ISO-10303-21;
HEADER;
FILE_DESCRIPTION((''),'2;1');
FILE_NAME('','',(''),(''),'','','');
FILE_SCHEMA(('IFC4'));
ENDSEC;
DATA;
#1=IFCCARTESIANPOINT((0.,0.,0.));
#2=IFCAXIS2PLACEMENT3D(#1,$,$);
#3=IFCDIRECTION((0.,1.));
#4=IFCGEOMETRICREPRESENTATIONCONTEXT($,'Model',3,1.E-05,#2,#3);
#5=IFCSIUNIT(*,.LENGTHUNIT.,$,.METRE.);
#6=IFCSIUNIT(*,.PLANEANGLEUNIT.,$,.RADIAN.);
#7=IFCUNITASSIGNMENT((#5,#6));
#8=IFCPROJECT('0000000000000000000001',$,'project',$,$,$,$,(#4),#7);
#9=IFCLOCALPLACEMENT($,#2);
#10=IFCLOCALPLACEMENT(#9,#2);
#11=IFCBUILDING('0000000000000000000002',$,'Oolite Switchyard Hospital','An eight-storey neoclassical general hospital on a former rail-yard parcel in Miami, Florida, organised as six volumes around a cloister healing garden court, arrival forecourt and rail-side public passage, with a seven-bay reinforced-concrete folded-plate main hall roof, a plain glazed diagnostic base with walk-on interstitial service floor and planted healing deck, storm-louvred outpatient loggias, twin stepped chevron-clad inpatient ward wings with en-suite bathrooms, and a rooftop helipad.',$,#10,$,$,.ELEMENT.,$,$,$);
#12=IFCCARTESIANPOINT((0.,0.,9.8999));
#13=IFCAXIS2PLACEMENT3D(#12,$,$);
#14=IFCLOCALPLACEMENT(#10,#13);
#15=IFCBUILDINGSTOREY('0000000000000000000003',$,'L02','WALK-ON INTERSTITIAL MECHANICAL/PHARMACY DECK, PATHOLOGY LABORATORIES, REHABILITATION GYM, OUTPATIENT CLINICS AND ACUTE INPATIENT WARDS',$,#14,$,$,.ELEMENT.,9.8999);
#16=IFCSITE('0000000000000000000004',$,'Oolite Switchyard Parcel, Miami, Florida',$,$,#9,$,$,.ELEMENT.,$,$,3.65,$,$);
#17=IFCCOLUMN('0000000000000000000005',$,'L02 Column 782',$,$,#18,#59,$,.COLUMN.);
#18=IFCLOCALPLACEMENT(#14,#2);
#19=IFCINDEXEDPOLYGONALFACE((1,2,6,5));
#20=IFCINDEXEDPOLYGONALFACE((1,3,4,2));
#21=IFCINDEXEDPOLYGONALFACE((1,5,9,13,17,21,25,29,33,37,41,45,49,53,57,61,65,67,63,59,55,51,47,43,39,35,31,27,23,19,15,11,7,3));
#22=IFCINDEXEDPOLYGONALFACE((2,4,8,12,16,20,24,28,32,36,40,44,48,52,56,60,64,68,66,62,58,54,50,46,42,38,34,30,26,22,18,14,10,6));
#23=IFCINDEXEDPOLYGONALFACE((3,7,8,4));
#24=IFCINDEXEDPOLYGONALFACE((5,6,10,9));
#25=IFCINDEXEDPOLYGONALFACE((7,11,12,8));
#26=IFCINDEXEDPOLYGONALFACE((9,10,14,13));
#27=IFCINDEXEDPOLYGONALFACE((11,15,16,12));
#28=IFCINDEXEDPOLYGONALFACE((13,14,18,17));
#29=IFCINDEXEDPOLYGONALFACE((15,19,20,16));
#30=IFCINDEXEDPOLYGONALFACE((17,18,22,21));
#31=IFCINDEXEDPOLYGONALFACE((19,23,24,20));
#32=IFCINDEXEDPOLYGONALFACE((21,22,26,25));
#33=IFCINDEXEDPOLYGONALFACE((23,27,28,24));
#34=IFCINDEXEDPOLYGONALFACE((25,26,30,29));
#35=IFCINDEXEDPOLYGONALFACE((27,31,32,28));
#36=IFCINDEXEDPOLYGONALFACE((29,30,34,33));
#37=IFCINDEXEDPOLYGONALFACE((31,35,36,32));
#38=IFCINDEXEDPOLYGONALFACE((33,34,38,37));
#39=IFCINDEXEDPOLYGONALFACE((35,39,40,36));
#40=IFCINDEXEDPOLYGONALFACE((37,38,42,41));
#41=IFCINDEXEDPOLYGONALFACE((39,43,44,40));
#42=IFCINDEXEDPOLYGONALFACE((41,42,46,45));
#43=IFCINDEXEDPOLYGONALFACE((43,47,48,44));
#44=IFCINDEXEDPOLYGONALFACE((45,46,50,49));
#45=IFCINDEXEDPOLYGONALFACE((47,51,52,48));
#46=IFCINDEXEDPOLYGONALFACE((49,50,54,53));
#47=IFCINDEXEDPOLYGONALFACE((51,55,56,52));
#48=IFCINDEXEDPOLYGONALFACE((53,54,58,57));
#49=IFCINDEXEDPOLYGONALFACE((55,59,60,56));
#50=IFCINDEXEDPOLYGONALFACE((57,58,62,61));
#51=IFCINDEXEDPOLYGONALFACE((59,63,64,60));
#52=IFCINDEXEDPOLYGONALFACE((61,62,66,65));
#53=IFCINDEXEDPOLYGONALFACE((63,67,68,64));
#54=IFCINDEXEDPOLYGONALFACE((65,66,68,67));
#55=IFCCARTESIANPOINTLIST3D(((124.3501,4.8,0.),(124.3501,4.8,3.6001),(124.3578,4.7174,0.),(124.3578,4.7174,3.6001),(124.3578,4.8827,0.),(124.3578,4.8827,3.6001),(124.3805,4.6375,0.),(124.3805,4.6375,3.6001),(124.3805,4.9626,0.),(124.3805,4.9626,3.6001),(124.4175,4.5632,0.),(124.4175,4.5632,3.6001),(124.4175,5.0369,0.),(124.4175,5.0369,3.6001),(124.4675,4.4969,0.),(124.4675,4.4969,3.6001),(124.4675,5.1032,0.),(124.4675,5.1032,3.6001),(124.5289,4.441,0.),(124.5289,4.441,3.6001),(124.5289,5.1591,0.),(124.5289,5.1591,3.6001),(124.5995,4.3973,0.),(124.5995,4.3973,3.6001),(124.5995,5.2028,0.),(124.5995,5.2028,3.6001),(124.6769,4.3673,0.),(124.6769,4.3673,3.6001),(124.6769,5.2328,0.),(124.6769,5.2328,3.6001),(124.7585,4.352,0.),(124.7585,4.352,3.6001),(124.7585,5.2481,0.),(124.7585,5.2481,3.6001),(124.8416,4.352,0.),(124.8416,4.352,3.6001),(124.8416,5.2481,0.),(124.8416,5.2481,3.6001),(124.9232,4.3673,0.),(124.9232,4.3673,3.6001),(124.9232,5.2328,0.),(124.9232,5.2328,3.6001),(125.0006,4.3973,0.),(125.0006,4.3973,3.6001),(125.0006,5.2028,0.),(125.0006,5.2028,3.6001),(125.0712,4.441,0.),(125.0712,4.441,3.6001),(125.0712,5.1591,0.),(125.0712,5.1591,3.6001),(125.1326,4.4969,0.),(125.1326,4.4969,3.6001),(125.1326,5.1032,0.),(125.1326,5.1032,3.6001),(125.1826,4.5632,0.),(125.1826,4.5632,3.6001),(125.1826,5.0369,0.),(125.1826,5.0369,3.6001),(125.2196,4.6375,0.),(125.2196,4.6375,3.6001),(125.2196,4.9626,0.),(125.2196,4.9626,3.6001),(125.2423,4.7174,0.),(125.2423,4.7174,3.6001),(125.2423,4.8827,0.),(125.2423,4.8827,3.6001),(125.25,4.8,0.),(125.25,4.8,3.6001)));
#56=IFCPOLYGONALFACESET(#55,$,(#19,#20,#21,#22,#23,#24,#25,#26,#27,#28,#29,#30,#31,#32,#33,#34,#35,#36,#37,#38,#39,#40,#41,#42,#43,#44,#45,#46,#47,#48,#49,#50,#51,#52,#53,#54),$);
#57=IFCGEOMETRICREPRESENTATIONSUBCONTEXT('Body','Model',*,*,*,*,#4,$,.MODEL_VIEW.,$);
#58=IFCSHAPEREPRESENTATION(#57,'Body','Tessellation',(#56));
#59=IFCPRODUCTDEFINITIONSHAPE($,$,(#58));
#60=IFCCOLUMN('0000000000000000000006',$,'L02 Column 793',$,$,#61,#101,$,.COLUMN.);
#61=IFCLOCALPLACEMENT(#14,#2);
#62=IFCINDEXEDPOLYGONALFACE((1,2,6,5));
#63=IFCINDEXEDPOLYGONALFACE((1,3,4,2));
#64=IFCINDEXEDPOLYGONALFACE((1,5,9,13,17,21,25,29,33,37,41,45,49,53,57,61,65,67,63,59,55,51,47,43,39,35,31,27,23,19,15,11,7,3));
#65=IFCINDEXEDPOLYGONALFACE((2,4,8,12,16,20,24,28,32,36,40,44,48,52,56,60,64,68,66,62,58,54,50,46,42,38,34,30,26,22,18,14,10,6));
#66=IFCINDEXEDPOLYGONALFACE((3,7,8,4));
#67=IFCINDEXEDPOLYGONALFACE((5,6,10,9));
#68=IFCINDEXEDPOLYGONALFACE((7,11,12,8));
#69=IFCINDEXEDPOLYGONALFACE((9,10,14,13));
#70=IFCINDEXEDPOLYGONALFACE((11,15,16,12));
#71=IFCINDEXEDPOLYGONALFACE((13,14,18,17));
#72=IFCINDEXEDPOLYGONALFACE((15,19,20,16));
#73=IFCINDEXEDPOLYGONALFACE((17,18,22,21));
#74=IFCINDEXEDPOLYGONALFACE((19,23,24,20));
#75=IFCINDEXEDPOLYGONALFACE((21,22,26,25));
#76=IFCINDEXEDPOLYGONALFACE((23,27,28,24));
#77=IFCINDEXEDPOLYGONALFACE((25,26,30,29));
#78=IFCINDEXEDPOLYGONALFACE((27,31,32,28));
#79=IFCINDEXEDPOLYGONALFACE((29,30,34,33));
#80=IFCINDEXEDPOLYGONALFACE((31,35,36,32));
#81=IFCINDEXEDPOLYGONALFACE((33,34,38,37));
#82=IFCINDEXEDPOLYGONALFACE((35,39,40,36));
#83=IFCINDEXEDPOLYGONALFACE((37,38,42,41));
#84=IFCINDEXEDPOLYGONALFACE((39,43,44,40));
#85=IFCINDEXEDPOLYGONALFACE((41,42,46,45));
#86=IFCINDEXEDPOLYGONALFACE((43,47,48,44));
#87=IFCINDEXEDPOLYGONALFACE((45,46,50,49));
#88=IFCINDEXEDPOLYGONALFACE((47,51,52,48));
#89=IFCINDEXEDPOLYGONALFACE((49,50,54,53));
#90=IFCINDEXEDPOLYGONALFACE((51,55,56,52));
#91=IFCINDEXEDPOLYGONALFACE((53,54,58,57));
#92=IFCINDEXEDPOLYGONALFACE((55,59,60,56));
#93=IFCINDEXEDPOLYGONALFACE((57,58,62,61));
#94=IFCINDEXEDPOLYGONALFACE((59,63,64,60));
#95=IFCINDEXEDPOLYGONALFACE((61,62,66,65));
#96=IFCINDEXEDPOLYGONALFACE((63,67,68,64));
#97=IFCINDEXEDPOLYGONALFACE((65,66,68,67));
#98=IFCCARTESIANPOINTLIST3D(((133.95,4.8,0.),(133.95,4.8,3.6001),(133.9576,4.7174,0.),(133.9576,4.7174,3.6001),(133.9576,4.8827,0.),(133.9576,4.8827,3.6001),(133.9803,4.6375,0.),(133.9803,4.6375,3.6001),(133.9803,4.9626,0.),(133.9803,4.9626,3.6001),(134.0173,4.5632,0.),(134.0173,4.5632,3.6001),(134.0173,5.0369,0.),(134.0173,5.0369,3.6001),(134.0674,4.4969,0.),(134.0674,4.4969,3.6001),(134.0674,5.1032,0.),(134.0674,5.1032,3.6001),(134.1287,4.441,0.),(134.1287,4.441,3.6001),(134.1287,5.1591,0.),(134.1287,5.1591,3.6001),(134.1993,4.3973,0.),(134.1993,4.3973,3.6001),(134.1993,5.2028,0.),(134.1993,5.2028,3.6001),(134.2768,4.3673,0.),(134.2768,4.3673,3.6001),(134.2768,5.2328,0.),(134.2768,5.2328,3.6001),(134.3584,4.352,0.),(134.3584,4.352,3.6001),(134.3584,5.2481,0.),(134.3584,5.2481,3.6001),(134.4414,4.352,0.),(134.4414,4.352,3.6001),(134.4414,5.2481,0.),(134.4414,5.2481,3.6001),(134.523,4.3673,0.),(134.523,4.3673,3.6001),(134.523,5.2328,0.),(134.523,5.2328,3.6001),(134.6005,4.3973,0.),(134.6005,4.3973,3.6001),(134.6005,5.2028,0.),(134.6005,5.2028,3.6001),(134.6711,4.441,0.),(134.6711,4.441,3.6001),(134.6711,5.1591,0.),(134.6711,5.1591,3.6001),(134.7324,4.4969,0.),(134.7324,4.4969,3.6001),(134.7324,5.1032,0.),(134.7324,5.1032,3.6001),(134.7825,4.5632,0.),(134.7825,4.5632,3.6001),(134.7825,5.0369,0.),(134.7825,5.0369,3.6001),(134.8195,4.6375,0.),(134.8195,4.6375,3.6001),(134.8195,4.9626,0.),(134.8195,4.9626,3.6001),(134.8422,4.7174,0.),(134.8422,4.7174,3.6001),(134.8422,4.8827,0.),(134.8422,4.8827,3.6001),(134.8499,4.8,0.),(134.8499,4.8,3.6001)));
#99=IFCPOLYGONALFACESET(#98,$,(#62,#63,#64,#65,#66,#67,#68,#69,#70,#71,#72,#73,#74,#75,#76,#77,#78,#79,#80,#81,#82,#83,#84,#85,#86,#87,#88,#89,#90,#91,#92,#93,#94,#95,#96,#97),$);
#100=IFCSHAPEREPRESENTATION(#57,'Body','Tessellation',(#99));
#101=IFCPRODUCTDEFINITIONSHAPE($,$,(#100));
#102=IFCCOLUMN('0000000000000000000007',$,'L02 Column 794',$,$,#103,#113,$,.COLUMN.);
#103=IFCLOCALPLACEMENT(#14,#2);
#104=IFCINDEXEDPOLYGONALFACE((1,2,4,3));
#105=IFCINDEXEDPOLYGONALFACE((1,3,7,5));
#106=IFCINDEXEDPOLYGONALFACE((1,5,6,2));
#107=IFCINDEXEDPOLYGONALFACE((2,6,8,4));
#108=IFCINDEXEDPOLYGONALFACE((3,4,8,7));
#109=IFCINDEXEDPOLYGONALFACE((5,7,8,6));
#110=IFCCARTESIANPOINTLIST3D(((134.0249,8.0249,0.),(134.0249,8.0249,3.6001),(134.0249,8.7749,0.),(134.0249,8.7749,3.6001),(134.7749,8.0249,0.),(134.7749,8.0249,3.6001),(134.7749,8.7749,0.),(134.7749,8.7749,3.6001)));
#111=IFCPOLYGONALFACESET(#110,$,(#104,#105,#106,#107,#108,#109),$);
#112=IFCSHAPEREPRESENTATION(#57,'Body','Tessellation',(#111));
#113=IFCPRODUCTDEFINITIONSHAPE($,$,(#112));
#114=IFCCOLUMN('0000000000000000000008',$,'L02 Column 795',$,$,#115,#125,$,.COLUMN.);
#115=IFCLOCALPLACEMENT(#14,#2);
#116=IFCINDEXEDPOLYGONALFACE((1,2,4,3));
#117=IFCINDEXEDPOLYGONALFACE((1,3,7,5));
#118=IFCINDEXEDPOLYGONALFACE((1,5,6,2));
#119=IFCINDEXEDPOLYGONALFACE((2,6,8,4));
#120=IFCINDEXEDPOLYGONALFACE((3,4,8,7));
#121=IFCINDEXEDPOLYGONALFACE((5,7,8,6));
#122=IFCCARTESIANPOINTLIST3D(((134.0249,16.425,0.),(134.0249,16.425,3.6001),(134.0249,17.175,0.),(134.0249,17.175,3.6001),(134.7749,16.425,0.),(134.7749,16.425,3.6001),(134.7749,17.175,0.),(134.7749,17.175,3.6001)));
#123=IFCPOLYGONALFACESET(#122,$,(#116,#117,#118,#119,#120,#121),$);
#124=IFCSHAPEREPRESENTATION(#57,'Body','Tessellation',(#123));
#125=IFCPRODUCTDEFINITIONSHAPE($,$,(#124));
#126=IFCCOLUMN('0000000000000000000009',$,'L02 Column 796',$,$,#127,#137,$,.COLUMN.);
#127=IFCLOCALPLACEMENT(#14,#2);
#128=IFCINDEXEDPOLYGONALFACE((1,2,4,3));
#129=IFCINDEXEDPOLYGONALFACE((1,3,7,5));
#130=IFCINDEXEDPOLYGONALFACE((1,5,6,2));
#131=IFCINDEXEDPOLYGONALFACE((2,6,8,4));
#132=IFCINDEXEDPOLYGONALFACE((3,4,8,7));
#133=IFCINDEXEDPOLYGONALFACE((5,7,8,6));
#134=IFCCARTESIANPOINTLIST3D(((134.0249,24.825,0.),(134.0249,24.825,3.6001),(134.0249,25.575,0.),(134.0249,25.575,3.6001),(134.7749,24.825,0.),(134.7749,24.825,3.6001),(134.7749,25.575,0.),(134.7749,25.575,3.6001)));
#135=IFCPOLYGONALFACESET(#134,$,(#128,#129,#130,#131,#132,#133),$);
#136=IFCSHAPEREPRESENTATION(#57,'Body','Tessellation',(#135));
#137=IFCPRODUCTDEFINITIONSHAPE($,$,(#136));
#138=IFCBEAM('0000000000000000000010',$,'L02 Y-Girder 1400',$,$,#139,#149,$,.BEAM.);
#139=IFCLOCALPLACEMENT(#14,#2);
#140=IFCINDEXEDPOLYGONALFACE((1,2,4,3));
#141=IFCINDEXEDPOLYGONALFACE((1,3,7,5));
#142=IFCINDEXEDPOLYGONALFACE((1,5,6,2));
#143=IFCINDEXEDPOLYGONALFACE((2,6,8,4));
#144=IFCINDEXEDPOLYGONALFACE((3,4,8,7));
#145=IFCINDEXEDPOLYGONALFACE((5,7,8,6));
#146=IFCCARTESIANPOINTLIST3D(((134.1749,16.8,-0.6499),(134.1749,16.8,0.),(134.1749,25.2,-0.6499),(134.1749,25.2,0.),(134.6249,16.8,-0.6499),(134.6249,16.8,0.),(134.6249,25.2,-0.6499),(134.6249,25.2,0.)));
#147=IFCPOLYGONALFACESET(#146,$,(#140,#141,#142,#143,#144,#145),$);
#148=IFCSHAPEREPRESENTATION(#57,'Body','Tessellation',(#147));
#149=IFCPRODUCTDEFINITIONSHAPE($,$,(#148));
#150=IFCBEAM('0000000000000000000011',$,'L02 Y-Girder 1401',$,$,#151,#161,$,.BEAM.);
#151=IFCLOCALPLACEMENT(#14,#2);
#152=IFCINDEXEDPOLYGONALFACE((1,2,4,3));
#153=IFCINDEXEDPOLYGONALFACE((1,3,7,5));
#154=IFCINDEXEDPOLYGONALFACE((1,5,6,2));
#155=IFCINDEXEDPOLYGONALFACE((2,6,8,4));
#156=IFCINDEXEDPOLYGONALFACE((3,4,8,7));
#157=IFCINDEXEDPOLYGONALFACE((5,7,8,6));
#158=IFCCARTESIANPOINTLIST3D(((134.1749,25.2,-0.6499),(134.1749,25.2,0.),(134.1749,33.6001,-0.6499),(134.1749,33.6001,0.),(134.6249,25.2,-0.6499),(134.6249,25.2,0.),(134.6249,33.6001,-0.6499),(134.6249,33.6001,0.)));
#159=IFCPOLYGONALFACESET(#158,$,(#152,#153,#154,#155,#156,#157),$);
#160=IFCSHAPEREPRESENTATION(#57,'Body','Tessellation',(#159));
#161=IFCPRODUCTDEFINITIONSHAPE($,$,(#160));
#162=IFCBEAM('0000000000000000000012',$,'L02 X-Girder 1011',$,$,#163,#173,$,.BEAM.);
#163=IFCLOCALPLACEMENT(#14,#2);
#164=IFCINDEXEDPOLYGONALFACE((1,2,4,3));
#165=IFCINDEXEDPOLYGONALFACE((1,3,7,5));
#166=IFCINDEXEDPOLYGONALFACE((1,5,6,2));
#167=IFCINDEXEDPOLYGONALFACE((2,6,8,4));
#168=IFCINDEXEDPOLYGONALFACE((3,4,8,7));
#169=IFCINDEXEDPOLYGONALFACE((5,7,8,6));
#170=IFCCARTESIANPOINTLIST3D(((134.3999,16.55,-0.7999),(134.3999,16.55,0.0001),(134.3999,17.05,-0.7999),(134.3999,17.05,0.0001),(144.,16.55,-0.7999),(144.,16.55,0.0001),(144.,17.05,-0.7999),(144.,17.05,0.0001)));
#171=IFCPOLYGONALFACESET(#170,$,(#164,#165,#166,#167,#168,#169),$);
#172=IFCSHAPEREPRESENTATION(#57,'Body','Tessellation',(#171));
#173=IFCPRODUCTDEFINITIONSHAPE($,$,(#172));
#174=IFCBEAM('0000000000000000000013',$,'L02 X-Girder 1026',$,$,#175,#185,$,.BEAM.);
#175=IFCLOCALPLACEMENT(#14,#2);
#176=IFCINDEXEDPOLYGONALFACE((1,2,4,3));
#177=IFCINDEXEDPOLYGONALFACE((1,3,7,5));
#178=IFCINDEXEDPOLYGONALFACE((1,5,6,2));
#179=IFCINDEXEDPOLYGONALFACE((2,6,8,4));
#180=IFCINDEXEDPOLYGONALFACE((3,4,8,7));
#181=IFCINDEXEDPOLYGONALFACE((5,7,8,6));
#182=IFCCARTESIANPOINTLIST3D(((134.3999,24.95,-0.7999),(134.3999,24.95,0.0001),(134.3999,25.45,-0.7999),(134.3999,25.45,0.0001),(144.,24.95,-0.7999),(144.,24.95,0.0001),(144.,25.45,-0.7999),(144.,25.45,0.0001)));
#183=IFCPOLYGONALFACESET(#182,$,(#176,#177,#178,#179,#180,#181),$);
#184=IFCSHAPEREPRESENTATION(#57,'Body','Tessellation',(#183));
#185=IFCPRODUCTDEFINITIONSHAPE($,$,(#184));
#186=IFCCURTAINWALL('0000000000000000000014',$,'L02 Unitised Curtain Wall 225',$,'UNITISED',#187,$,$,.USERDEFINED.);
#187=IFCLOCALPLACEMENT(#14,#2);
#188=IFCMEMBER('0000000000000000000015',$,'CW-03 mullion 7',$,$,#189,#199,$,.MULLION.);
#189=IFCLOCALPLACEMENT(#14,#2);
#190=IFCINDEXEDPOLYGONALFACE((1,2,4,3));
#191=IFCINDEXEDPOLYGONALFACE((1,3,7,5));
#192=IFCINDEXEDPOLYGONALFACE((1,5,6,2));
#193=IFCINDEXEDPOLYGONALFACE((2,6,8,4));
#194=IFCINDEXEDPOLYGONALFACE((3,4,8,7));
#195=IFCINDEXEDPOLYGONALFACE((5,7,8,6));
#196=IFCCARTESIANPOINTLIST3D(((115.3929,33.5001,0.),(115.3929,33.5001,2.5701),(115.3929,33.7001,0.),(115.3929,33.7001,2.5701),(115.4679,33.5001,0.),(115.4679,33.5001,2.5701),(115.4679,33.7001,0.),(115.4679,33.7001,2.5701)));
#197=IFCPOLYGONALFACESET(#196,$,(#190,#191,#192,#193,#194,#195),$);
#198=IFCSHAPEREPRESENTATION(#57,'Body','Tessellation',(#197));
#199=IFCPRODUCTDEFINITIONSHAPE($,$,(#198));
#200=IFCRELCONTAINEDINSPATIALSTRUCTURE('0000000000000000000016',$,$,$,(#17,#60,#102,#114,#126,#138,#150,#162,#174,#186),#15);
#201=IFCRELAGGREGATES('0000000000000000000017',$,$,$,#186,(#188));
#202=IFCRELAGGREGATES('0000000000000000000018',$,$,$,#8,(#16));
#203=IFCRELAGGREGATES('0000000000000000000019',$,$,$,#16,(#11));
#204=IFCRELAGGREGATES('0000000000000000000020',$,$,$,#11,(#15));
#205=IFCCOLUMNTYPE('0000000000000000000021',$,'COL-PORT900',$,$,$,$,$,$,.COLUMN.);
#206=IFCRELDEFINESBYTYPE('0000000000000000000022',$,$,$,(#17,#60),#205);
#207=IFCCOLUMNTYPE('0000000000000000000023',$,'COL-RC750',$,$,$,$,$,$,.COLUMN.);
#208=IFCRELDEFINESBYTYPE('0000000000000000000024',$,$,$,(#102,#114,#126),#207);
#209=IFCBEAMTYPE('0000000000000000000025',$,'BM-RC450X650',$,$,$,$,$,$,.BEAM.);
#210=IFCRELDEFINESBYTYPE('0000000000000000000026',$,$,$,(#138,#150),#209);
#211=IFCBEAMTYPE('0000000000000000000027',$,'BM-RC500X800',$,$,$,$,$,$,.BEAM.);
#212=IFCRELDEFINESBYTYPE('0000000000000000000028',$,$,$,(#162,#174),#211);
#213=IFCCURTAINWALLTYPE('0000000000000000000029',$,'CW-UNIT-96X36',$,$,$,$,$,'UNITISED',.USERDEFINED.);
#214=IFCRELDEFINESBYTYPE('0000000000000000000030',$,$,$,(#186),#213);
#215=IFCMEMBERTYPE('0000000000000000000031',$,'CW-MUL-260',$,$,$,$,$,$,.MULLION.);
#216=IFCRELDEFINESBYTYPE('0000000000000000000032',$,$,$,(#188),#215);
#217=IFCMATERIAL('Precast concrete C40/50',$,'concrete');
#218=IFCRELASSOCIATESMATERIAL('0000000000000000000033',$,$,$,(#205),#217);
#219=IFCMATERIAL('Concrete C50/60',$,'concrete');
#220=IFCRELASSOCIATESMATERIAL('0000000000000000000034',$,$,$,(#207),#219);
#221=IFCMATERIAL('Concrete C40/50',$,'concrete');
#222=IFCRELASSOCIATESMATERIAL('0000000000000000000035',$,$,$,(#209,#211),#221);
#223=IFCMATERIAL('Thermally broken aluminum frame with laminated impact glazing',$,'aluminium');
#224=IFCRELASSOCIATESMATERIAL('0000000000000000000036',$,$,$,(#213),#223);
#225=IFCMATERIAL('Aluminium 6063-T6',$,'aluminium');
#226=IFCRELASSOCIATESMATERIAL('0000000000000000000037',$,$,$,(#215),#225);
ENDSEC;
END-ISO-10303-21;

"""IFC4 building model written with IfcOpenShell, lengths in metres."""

from ifc_helpers import new_model, si_unit, direction, frame, origin, origin_2d, place, context, subcontext, project, spatial, rectangle, circle, extrude, material, material_profile, profile_set, type_object, element, aggregate, save


model = new_model("IFC4")

# Units and contexts
model_context = context("Model", 3, precision=1e-05, world=origin(), true_north=direction((0.0, 1.0)))
body_context = subcontext(model_context, "Body", "Model", "MODEL_VIEW")
ifc_project = project(units=[si_unit("LENGTHUNIT", "METRE"), si_unit("PLANEANGLEUNIT", "RADIAN")], contexts=[model_context])

# Site, building, storey
site_placement = place(None, origin())
site = spatial("IfcSite", under=ifc_project, at=site_placement, Name="Oolite Switchyard Parcel, Miami, Florida", CompositionType="ELEMENT", RefElevation=3.65)
building_placement = place(site_placement, origin())
building = spatial("IfcBuilding", under=site, at=building_placement, Name="Oolite Switchyard Hospital", Description="An eight-storey neoclassical general hospital on a former rail-yard parcel in Miami, Florida, organised as six volumes around a cloister healing garden court, arrival forecourt and rail-side public passage, with a seven-bay reinforced-concrete folded-plate main hall roof, a plain glazed diagnostic base with walk-on interstitial service floor and planted healing deck, storm-louvred outpatient loggias, twin stepped chevron-clad inpatient ward wings with en-suite bathrooms, and a rooftop helipad.", CompositionType="ELEMENT")
storey_placement = place(building_placement, frame((0.0, 0.0, 9.8999)))
storey = spatial("IfcBuildingStorey", under=building, at=storey_placement, Name="L02", Description="WALK-ON INTERSTITIAL MECHANICAL/PHARMACY DECK, PATHOLOGY LABORATORIES, REHABILITATION GYM, OUTPATIENT CLINICS AND ACUTE INPATIENT WARDS", CompositionType="ELEMENT", Elevation=9.8999)

# Columns
ifc_material_1 = material(Name="Precast concrete C40/50", Category="concrete")
ifc_material_profile_1 = material_profile(ifc_material_1, circle(Radius=0.45, at=origin_2d()), Name="RCCOL900")
ifc_profile_set_1 = profile_set([ifc_material_profile_1], Name="Precast concrete C40/50")
column_type_1 = type_object("IfcColumnType", Name="COL-PORT900", PredefinedType="COLUMN", material=ifc_profile_set_1)
for number, where, z_axis, x_axis, name in (
    (1, (124.8, 4.8, 0.0), (0.0, 0.0, 1.0), (1.0, 0.0, 0.0), "L02 Column 782"),
    (2, (134.3999, 4.8, 0.0), (0.0, 0.0, 1.0), (1.0, 0.0, 0.0), "L02 Column 793"),
):
    element("IfcColumn", number, at=place(storey_placement, frame(where, z_axis=z_axis, x_axis=x_axis)), inside=storey, type_object=column_type_1, Name=name, PredefinedType="COLUMN", context=body_context, shape_type="SweptSolid", body=[
        extrude(circle(Radius=0.45, at=origin_2d()), origin(), (0.0, 0.0, 1.0), 3.6001),
    ])
ifc_material_2 = material(Name="Concrete C50/60", Category="concrete")
ifc_material_profile_2 = material_profile(ifc_material_2, rectangle(XDim=0.75, YDim=0.75, at=origin_2d()), Name="RC750X750")
ifc_profile_set_2 = profile_set([ifc_material_profile_2], Name="Concrete C50/60")
column_type_2 = type_object("IfcColumnType", Name="COL-RC750", PredefinedType="COLUMN", material=ifc_profile_set_2)
for number, where, z_axis, x_axis, name in (
    (3, (134.3999, 8.3999, 0.0), (0.0, 0.0, 1.0), (1.0, 0.0, 0.0), "L02 Column 794"),
    (4, (134.3999, 16.8, 0.0), (0.0, 0.0, 1.0), (1.0, 0.0, 0.0), "L02 Column 795"),
    (5, (134.3999, 25.2, 0.0), (0.0, 0.0, 1.0), (1.0, 0.0, 0.0), "L02 Column 796"),
):
    element("IfcColumn", number, at=place(storey_placement, frame(where, z_axis=z_axis, x_axis=x_axis)), inside=storey, type_object=column_type_2, Name=name, PredefinedType="COLUMN", context=body_context, shape_type="SweptSolid", body=[
        extrude(rectangle(XDim=0.75, YDim=0.75, at=origin_2d()), origin(), (0.0, 0.0, 1.0), 3.6001),
    ])

# Beams
ifc_material_3 = material(Name="Concrete C40/50", Category="concrete")
ifc_material_profile_3 = material_profile(ifc_material_3, rectangle(XDim=0.45, YDim=0.6499, at=origin_2d()), Name="RCB450X650")
ifc_profile_set_3 = profile_set([ifc_material_profile_3], Name="Concrete C40/50")
beam_type_1 = type_object("IfcBeamType", Name="BM-RC450X650", PredefinedType="BEAM", material=ifc_profile_set_3)
beam_1_placement = place(storey_placement, frame((134.3999, 16.8, -0.325), z_axis=(0.0, 1.0, 0.0), x_axis=(-1.0, 0.0, 0.0)))
element("IfcBeam", 6, at=beam_1_placement, inside=storey, type_object=beam_type_1, Name="L02 Y-Girder 1400", PredefinedType="BEAM", context=body_context, shape_type="SweptSolid", body=[
    extrude(rectangle(XDim=0.45, YDim=0.6499, at=origin_2d()), origin(), (0.0, 0.0, 1.0), 8.3999),
])
beam_2_placement = place(storey_placement, frame((134.3999, 25.2, -0.325), z_axis=(0.0, 1.0, 0.0), x_axis=(-1.0, 0.0, 0.0)))
element("IfcBeam", 7, at=beam_2_placement, inside=storey, type_object=beam_type_1, Name="L02 Y-Girder 1401", PredefinedType="BEAM", context=body_context, shape_type="SweptSolid", body=[
    extrude(rectangle(XDim=0.45, YDim=0.6499, at=origin_2d()), origin(), (0.0, 0.0, 1.0), 8.4001),
])
ifc_material_profile_4 = material_profile(ifc_material_3, rectangle(XDim=0.5, YDim=0.8, at=origin_2d()), Name="RCB500X800")
ifc_profile_set_4 = profile_set([ifc_material_profile_4], Name="Concrete C40/50")
beam_type_2 = type_object("IfcBeamType", Name="BM-RC500X800", PredefinedType="BEAM", material=ifc_profile_set_4)
for number, where, z_axis, x_axis, name in (
    (8, (134.3999, 16.8, -0.3999), (1.0, 0.0, 0.0), (0.0, 1.0, 0.0), "L02 X-Girder 1011"),
    (9, (134.3999, 25.2, -0.3999), (1.0, 0.0, 0.0), (0.0, 1.0, 0.0), "L02 X-Girder 1026"),
):
    element("IfcBeam", number, at=place(storey_placement, frame(where, z_axis=z_axis, x_axis=x_axis)), inside=storey, type_object=beam_type_2, Name=name, PredefinedType="BEAM", context=body_context, shape_type="SweptSolid", body=[
        extrude(rectangle(XDim=0.5, YDim=0.8, at=origin_2d()), origin(), (0.0, 0.0, 1.0), 9.6001),
    ])

# Curtain wall, member
ifc_material_4 = material(Name="Thermally broken aluminum frame with laminated impact glazing", Category="aluminium")
curtain_wall_type = type_object("IfcCurtainWallType", Name="CW-UNIT-96X36", ElementType="UNITISED", PredefinedType="USERDEFINED", material=ifc_material_4)
curtain_wall_placement = place(storey_placement, origin())
curtain_wall = element("IfcCurtainWall", 10, at=curtain_wall_placement, inside=storey, type_object=curtain_wall_type, Name="L02 Unitised Curtain Wall 225", ObjectType="UNITISED", PredefinedType="USERDEFINED")
ifc_material_5 = material(Name="Aluminium 6063-T6", Category="aluminium")
ifc_material_profile_5 = material_profile(ifc_material_5, rectangle(XDim=0.2, YDim=0.075, at=origin_2d()), Name="CWM75X200")
ifc_profile_set_5 = profile_set([ifc_material_profile_5], Name="Aluminium 6063-T6")
member_type_1 = type_object("IfcMemberType", Name="CW-MUL-260", PredefinedType="MULLION", material=ifc_profile_set_5)
member_1_placement = place(storey_placement, frame((115.4304, 33.6001, 0.0), z_axis=(0.0, 0.0, 1.0), x_axis=(0.0, -1.0, 0.0)))
member_1 = element("IfcMember", 11, at=member_1_placement, type_object=member_type_1, Name="CW-03 mullion 7", PredefinedType="MULLION", context=body_context, shape_type="SweptSolid", body=[
    extrude(rectangle(XDim=0.2, YDim=0.075, at=origin_2d()), origin(), (0.0, 0.0, 1.0), 2.5701),
])

aggregate(curtain_wall, [member_1])

save(model, "model.ifc")
